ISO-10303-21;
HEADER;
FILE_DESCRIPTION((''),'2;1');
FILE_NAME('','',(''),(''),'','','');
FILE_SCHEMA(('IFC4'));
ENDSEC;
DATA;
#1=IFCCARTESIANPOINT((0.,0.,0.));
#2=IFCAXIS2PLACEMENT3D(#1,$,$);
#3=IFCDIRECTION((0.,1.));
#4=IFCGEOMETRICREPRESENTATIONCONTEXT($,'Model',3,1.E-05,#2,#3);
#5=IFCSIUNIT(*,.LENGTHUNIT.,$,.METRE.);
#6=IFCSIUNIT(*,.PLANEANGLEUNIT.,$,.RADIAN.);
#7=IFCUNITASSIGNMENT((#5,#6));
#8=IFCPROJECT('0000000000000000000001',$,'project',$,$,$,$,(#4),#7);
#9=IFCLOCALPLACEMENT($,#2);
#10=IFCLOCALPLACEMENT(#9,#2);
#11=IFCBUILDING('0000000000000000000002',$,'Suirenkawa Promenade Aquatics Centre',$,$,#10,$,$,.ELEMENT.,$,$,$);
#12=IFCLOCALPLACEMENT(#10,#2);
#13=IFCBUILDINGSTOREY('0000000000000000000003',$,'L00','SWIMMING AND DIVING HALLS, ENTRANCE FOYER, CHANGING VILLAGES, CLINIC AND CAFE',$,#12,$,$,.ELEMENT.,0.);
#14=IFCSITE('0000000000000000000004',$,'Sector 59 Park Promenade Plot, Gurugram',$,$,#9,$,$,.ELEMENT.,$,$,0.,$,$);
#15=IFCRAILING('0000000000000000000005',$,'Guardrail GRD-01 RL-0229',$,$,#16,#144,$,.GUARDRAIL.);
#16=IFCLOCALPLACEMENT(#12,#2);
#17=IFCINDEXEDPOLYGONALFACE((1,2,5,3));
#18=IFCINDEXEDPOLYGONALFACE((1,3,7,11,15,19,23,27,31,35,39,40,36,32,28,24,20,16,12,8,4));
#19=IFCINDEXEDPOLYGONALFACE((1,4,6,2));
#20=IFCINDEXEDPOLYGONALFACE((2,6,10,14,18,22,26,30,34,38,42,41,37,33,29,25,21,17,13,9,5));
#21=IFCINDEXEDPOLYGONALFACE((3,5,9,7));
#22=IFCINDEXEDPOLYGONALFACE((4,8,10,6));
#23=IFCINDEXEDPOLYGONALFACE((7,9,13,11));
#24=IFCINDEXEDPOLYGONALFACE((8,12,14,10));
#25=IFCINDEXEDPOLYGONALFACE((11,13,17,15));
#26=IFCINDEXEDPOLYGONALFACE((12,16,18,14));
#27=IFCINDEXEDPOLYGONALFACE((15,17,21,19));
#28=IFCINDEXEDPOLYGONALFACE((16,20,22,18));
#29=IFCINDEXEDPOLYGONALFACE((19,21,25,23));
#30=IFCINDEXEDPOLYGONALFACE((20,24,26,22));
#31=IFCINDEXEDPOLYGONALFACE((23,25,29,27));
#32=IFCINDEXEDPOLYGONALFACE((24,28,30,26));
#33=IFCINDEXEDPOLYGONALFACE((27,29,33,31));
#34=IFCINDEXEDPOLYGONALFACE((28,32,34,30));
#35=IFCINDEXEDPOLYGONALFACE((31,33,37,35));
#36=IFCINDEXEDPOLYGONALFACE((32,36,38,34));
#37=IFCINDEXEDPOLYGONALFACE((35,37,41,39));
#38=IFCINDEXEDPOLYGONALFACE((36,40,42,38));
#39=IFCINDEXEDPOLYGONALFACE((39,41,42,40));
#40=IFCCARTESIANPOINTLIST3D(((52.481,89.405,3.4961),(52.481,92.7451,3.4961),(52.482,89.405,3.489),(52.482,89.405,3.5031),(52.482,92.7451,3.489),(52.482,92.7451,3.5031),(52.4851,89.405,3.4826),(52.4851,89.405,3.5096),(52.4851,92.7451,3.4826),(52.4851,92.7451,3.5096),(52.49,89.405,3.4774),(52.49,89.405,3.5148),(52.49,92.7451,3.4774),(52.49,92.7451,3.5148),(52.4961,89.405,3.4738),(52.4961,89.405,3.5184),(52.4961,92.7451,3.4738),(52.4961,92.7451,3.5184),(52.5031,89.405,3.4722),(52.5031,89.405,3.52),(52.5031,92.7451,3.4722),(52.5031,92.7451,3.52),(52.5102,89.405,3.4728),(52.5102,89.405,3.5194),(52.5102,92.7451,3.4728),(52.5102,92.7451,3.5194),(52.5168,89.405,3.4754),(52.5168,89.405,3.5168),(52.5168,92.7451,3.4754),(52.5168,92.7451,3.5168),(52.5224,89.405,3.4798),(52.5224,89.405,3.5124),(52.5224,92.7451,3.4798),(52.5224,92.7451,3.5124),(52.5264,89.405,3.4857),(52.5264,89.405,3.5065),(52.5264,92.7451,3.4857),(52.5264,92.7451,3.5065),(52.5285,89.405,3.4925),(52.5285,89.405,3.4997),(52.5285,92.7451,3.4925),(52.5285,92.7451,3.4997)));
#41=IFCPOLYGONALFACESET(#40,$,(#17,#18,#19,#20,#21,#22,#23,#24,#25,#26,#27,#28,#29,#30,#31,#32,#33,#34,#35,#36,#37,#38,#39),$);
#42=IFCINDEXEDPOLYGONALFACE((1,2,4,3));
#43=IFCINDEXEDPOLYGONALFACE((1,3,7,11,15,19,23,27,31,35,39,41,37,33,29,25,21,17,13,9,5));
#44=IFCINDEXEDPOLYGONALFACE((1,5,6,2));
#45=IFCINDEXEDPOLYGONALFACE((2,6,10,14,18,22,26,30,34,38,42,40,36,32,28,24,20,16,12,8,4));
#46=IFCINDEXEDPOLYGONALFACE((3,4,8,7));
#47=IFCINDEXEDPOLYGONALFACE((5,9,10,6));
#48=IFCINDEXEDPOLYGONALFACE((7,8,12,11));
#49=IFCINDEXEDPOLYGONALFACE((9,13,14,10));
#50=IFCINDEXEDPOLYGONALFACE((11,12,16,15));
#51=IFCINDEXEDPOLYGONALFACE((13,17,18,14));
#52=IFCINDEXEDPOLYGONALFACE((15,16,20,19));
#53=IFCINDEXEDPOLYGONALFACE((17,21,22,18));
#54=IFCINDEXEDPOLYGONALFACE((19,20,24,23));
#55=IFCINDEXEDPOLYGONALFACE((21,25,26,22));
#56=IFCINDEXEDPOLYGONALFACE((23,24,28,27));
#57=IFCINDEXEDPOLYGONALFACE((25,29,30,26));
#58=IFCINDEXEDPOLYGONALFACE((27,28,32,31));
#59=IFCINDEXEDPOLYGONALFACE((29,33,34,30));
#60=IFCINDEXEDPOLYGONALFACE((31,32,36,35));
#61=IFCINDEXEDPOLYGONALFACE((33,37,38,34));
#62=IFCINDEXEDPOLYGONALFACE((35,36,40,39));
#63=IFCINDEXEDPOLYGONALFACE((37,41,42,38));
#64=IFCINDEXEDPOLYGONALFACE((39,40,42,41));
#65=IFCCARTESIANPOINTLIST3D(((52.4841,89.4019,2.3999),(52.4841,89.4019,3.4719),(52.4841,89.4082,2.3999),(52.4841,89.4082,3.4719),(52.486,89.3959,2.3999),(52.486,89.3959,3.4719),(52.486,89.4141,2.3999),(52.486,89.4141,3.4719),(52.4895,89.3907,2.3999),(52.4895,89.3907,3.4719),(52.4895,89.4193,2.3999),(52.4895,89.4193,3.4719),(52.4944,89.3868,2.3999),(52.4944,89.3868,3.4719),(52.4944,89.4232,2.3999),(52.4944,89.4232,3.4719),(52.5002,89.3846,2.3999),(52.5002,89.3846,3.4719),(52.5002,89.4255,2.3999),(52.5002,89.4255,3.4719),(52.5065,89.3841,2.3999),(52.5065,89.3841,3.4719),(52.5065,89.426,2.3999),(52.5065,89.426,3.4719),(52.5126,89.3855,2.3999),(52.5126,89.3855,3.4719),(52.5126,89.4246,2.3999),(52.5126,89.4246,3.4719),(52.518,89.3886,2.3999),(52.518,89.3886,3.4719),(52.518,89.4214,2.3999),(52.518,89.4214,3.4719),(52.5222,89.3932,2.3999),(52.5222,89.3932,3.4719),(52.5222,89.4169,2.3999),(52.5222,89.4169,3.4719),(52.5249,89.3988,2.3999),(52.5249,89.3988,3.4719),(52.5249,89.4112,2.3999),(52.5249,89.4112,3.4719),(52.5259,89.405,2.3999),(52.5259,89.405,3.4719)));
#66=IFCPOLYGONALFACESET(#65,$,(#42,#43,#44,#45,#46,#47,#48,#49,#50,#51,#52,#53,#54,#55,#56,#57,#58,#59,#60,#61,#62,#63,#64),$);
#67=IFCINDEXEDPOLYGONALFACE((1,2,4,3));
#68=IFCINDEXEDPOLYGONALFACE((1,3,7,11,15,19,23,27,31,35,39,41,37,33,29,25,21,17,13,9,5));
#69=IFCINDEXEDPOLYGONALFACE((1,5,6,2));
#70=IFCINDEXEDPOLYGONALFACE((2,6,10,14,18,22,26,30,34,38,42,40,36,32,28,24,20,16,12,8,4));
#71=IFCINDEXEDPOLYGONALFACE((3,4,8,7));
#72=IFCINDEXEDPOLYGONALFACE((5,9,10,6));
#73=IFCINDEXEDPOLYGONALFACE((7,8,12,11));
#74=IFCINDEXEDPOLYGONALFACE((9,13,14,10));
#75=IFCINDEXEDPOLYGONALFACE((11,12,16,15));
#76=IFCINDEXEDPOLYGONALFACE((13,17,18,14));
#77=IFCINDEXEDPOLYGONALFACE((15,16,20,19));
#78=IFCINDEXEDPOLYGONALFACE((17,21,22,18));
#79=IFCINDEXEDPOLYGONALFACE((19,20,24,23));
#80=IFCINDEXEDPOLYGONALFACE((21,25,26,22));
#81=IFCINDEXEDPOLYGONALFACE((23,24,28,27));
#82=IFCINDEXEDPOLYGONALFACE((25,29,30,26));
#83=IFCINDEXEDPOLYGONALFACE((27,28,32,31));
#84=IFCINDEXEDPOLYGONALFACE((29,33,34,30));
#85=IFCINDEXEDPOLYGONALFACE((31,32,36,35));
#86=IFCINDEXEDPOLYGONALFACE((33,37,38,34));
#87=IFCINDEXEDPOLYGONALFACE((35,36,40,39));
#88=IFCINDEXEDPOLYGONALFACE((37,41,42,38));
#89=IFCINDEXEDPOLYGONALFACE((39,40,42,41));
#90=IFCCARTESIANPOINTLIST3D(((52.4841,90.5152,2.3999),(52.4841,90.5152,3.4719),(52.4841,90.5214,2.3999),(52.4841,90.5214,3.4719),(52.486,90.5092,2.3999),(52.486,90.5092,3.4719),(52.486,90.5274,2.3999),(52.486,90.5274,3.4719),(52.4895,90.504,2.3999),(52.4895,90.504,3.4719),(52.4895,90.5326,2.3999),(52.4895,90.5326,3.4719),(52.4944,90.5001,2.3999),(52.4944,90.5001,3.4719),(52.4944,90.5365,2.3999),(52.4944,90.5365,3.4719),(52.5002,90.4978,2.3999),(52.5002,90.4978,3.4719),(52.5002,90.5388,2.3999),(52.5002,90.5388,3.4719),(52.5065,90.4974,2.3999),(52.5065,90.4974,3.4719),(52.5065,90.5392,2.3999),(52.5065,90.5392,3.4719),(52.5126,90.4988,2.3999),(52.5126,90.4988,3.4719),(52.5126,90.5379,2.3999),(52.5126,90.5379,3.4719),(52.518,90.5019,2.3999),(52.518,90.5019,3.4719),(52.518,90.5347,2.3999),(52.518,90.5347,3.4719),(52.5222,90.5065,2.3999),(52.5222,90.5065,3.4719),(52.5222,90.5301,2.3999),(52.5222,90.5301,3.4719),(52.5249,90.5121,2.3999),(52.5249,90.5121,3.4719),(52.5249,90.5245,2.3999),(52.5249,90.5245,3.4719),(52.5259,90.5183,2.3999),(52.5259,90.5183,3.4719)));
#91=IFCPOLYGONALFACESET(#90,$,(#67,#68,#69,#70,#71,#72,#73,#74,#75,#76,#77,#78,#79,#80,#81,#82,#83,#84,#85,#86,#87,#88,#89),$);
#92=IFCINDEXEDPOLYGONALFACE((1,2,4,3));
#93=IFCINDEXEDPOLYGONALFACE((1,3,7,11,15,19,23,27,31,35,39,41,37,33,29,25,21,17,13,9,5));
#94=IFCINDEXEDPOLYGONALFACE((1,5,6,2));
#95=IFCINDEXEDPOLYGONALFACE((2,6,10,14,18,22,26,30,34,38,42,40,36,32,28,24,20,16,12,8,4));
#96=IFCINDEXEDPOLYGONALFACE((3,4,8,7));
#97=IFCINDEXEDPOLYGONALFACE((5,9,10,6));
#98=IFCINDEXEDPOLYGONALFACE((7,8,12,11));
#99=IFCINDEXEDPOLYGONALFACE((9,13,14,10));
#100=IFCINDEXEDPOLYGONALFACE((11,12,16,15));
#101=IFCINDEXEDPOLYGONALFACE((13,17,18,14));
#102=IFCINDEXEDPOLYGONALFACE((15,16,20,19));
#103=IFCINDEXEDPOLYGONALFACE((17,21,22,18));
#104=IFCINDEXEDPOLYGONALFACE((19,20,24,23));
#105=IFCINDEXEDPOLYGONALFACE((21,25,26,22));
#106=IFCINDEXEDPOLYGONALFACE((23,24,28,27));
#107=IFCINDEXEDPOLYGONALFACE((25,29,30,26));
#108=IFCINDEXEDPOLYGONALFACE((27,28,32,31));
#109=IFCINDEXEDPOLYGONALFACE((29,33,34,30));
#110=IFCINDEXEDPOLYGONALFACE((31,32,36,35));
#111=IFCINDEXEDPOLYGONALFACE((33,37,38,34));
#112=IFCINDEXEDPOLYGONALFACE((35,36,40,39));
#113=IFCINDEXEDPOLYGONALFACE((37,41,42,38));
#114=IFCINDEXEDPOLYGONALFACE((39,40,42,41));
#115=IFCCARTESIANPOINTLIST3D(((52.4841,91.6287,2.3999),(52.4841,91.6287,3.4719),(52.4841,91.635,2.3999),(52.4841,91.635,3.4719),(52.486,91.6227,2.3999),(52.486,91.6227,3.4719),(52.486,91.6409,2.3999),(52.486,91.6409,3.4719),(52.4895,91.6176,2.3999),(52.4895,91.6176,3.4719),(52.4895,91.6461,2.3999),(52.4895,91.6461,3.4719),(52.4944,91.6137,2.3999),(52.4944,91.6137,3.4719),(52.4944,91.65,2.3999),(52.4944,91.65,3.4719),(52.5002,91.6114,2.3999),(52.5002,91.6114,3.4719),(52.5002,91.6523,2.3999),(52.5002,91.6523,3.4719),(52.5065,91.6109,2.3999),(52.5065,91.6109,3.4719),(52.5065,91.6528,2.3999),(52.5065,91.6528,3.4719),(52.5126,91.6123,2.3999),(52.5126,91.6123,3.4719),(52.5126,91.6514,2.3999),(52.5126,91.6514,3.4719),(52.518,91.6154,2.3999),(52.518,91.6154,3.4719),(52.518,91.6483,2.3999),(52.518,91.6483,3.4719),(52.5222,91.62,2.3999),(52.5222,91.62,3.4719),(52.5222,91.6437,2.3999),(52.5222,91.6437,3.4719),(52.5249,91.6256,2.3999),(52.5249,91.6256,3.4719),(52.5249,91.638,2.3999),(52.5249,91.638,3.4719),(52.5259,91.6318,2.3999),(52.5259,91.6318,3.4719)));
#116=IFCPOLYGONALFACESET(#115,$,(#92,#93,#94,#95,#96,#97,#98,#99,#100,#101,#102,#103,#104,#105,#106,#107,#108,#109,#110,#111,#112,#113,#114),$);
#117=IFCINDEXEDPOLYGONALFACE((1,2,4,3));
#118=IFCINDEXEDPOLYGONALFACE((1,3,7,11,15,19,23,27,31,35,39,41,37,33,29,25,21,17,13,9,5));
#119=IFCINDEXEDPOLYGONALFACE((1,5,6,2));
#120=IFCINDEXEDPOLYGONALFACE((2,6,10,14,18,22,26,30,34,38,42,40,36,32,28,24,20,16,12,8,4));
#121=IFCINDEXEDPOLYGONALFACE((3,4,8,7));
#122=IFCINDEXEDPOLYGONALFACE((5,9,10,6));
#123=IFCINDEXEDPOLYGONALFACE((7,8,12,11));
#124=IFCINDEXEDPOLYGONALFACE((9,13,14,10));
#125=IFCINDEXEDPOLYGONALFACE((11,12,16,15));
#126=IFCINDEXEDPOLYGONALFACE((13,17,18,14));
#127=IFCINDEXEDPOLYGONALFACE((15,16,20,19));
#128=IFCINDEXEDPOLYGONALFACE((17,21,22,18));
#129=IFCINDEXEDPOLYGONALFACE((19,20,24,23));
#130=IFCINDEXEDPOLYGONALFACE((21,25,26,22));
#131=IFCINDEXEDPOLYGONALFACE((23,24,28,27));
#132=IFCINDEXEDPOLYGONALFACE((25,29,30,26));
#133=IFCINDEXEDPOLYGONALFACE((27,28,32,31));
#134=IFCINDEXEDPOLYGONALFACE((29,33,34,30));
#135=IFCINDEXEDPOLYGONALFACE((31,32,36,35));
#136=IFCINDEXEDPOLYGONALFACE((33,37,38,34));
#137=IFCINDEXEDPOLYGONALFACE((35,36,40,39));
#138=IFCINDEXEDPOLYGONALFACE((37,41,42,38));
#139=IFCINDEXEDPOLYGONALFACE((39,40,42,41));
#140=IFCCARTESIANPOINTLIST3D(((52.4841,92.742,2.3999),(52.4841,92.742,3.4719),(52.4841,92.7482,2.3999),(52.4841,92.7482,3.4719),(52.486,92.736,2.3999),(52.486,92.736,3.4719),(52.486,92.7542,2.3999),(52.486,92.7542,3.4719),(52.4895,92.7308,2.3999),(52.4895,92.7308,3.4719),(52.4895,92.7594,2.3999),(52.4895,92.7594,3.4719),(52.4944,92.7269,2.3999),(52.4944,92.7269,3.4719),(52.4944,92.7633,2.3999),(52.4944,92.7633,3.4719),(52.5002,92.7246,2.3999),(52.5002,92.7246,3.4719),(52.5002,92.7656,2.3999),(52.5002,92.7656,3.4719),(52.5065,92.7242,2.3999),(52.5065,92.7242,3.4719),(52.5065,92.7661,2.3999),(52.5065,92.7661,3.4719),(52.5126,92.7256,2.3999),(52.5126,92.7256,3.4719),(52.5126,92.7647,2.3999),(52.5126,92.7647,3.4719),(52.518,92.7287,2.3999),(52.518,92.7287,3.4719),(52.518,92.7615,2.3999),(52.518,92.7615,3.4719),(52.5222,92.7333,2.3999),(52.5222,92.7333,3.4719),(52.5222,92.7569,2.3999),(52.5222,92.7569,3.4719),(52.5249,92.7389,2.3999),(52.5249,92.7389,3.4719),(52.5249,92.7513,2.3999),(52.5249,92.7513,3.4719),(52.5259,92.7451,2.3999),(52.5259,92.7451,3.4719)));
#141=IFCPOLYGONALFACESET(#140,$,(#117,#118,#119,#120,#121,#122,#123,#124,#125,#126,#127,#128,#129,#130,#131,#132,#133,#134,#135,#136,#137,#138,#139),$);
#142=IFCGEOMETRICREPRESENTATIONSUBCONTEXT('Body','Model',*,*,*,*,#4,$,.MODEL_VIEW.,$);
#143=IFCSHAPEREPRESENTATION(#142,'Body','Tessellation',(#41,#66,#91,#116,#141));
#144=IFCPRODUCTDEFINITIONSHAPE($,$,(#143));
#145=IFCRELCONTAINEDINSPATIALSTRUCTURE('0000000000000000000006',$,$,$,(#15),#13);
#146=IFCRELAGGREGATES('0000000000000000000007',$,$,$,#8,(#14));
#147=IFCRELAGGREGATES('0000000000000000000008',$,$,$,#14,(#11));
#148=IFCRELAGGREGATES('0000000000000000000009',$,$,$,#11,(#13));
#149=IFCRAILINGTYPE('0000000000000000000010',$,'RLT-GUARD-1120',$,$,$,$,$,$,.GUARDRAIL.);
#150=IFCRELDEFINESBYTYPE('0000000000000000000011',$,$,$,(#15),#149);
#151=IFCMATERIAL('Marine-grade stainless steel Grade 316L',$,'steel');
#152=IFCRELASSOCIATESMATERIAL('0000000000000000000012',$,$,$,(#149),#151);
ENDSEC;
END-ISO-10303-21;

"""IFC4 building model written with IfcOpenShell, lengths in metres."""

from ifc_helpers import new_model, si_unit, direction, frame, origin, origin_2d, place, context, subcontext, project, spatial, circle, extrude, material, type_object, element, save


model = new_model("IFC4")

# Units and contexts
model_context = context("Model", 3, precision=1e-05, world=origin(), true_north=direction((0.0, 1.0)))
body_context = subcontext(model_context, "Body", "Model", "MODEL_VIEW")
ifc_project = project(units=[si_unit("LENGTHUNIT", "METRE"), si_unit("PLANEANGLEUNIT", "RADIAN")], contexts=[model_context])

# Site, building, storey
site_placement = place(None, origin())
site = spatial("IfcSite", under=ifc_project, at=site_placement, Name="Sector 59 Park Promenade Plot, Gurugram", CompositionType="ELEMENT", RefElevation=0.0)
building_placement = place(site_placement, origin())
building = spatial("IfcBuilding", under=site, at=building_placement, Name="Suirenkawa Promenade Aquatics Centre", CompositionType="ELEMENT")
storey_placement = place(building_placement, origin())
storey = spatial("IfcBuildingStorey", under=building, at=storey_placement, Name="L00", Description="SWIMMING AND DIVING HALLS, ENTRANCE FOYER, CHANGING VILLAGES, CLINIC AND CAFE", CompositionType="ELEMENT", Elevation=0.0)

# Railing
ifc_material_1 = material(Name="Marine-grade stainless steel Grade 316L", Category="steel")
railing_type_1 = type_object("IfcRailingType", Name="RLT-GUARD-1120", PredefinedType="GUARDRAIL", material=ifc_material_1)
railing_1_placement = place(storey_placement, frame((52.5049, 89.405, 2.3999)))
element("IfcRailing", 1, at=railing_1_placement, inside=storey, type_object=railing_type_1, Name="Guardrail GRD-01 RL-0229", PredefinedType="GUARDRAIL", context=body_context, shape_type="SweptSolid", body=[
    extrude(circle(Radius=0.0239, at=origin_2d()), frame((0.0, 0.0, 1.0962), z_axis=(0.0, 1.0, 0.0), x_axis=(-1.0, 0.0, 0.0)), (0.0, 0.0, 1.0), 3.3401),
    extrude(circle(Radius=0.021, at=origin_2d()), origin(), (0.0, 0.0, 1.0), 1.072),
    extrude(circle(Radius=0.021, at=origin_2d()), frame((0.0, 1.1133, 0.0)), (0.0, 0.0, 1.0), 1.072),
    extrude(circle(Radius=0.021, at=origin_2d()), frame((0.0, 2.2268, 0.0)), (0.0, 0.0, 1.0), 1.072),
    extrude(circle(Radius=0.021, at=origin_2d()), frame((0.0, 3.3401, 0.0)), (0.0, 0.0, 1.0), 1.072),
])

save(model, "model.ifc")
